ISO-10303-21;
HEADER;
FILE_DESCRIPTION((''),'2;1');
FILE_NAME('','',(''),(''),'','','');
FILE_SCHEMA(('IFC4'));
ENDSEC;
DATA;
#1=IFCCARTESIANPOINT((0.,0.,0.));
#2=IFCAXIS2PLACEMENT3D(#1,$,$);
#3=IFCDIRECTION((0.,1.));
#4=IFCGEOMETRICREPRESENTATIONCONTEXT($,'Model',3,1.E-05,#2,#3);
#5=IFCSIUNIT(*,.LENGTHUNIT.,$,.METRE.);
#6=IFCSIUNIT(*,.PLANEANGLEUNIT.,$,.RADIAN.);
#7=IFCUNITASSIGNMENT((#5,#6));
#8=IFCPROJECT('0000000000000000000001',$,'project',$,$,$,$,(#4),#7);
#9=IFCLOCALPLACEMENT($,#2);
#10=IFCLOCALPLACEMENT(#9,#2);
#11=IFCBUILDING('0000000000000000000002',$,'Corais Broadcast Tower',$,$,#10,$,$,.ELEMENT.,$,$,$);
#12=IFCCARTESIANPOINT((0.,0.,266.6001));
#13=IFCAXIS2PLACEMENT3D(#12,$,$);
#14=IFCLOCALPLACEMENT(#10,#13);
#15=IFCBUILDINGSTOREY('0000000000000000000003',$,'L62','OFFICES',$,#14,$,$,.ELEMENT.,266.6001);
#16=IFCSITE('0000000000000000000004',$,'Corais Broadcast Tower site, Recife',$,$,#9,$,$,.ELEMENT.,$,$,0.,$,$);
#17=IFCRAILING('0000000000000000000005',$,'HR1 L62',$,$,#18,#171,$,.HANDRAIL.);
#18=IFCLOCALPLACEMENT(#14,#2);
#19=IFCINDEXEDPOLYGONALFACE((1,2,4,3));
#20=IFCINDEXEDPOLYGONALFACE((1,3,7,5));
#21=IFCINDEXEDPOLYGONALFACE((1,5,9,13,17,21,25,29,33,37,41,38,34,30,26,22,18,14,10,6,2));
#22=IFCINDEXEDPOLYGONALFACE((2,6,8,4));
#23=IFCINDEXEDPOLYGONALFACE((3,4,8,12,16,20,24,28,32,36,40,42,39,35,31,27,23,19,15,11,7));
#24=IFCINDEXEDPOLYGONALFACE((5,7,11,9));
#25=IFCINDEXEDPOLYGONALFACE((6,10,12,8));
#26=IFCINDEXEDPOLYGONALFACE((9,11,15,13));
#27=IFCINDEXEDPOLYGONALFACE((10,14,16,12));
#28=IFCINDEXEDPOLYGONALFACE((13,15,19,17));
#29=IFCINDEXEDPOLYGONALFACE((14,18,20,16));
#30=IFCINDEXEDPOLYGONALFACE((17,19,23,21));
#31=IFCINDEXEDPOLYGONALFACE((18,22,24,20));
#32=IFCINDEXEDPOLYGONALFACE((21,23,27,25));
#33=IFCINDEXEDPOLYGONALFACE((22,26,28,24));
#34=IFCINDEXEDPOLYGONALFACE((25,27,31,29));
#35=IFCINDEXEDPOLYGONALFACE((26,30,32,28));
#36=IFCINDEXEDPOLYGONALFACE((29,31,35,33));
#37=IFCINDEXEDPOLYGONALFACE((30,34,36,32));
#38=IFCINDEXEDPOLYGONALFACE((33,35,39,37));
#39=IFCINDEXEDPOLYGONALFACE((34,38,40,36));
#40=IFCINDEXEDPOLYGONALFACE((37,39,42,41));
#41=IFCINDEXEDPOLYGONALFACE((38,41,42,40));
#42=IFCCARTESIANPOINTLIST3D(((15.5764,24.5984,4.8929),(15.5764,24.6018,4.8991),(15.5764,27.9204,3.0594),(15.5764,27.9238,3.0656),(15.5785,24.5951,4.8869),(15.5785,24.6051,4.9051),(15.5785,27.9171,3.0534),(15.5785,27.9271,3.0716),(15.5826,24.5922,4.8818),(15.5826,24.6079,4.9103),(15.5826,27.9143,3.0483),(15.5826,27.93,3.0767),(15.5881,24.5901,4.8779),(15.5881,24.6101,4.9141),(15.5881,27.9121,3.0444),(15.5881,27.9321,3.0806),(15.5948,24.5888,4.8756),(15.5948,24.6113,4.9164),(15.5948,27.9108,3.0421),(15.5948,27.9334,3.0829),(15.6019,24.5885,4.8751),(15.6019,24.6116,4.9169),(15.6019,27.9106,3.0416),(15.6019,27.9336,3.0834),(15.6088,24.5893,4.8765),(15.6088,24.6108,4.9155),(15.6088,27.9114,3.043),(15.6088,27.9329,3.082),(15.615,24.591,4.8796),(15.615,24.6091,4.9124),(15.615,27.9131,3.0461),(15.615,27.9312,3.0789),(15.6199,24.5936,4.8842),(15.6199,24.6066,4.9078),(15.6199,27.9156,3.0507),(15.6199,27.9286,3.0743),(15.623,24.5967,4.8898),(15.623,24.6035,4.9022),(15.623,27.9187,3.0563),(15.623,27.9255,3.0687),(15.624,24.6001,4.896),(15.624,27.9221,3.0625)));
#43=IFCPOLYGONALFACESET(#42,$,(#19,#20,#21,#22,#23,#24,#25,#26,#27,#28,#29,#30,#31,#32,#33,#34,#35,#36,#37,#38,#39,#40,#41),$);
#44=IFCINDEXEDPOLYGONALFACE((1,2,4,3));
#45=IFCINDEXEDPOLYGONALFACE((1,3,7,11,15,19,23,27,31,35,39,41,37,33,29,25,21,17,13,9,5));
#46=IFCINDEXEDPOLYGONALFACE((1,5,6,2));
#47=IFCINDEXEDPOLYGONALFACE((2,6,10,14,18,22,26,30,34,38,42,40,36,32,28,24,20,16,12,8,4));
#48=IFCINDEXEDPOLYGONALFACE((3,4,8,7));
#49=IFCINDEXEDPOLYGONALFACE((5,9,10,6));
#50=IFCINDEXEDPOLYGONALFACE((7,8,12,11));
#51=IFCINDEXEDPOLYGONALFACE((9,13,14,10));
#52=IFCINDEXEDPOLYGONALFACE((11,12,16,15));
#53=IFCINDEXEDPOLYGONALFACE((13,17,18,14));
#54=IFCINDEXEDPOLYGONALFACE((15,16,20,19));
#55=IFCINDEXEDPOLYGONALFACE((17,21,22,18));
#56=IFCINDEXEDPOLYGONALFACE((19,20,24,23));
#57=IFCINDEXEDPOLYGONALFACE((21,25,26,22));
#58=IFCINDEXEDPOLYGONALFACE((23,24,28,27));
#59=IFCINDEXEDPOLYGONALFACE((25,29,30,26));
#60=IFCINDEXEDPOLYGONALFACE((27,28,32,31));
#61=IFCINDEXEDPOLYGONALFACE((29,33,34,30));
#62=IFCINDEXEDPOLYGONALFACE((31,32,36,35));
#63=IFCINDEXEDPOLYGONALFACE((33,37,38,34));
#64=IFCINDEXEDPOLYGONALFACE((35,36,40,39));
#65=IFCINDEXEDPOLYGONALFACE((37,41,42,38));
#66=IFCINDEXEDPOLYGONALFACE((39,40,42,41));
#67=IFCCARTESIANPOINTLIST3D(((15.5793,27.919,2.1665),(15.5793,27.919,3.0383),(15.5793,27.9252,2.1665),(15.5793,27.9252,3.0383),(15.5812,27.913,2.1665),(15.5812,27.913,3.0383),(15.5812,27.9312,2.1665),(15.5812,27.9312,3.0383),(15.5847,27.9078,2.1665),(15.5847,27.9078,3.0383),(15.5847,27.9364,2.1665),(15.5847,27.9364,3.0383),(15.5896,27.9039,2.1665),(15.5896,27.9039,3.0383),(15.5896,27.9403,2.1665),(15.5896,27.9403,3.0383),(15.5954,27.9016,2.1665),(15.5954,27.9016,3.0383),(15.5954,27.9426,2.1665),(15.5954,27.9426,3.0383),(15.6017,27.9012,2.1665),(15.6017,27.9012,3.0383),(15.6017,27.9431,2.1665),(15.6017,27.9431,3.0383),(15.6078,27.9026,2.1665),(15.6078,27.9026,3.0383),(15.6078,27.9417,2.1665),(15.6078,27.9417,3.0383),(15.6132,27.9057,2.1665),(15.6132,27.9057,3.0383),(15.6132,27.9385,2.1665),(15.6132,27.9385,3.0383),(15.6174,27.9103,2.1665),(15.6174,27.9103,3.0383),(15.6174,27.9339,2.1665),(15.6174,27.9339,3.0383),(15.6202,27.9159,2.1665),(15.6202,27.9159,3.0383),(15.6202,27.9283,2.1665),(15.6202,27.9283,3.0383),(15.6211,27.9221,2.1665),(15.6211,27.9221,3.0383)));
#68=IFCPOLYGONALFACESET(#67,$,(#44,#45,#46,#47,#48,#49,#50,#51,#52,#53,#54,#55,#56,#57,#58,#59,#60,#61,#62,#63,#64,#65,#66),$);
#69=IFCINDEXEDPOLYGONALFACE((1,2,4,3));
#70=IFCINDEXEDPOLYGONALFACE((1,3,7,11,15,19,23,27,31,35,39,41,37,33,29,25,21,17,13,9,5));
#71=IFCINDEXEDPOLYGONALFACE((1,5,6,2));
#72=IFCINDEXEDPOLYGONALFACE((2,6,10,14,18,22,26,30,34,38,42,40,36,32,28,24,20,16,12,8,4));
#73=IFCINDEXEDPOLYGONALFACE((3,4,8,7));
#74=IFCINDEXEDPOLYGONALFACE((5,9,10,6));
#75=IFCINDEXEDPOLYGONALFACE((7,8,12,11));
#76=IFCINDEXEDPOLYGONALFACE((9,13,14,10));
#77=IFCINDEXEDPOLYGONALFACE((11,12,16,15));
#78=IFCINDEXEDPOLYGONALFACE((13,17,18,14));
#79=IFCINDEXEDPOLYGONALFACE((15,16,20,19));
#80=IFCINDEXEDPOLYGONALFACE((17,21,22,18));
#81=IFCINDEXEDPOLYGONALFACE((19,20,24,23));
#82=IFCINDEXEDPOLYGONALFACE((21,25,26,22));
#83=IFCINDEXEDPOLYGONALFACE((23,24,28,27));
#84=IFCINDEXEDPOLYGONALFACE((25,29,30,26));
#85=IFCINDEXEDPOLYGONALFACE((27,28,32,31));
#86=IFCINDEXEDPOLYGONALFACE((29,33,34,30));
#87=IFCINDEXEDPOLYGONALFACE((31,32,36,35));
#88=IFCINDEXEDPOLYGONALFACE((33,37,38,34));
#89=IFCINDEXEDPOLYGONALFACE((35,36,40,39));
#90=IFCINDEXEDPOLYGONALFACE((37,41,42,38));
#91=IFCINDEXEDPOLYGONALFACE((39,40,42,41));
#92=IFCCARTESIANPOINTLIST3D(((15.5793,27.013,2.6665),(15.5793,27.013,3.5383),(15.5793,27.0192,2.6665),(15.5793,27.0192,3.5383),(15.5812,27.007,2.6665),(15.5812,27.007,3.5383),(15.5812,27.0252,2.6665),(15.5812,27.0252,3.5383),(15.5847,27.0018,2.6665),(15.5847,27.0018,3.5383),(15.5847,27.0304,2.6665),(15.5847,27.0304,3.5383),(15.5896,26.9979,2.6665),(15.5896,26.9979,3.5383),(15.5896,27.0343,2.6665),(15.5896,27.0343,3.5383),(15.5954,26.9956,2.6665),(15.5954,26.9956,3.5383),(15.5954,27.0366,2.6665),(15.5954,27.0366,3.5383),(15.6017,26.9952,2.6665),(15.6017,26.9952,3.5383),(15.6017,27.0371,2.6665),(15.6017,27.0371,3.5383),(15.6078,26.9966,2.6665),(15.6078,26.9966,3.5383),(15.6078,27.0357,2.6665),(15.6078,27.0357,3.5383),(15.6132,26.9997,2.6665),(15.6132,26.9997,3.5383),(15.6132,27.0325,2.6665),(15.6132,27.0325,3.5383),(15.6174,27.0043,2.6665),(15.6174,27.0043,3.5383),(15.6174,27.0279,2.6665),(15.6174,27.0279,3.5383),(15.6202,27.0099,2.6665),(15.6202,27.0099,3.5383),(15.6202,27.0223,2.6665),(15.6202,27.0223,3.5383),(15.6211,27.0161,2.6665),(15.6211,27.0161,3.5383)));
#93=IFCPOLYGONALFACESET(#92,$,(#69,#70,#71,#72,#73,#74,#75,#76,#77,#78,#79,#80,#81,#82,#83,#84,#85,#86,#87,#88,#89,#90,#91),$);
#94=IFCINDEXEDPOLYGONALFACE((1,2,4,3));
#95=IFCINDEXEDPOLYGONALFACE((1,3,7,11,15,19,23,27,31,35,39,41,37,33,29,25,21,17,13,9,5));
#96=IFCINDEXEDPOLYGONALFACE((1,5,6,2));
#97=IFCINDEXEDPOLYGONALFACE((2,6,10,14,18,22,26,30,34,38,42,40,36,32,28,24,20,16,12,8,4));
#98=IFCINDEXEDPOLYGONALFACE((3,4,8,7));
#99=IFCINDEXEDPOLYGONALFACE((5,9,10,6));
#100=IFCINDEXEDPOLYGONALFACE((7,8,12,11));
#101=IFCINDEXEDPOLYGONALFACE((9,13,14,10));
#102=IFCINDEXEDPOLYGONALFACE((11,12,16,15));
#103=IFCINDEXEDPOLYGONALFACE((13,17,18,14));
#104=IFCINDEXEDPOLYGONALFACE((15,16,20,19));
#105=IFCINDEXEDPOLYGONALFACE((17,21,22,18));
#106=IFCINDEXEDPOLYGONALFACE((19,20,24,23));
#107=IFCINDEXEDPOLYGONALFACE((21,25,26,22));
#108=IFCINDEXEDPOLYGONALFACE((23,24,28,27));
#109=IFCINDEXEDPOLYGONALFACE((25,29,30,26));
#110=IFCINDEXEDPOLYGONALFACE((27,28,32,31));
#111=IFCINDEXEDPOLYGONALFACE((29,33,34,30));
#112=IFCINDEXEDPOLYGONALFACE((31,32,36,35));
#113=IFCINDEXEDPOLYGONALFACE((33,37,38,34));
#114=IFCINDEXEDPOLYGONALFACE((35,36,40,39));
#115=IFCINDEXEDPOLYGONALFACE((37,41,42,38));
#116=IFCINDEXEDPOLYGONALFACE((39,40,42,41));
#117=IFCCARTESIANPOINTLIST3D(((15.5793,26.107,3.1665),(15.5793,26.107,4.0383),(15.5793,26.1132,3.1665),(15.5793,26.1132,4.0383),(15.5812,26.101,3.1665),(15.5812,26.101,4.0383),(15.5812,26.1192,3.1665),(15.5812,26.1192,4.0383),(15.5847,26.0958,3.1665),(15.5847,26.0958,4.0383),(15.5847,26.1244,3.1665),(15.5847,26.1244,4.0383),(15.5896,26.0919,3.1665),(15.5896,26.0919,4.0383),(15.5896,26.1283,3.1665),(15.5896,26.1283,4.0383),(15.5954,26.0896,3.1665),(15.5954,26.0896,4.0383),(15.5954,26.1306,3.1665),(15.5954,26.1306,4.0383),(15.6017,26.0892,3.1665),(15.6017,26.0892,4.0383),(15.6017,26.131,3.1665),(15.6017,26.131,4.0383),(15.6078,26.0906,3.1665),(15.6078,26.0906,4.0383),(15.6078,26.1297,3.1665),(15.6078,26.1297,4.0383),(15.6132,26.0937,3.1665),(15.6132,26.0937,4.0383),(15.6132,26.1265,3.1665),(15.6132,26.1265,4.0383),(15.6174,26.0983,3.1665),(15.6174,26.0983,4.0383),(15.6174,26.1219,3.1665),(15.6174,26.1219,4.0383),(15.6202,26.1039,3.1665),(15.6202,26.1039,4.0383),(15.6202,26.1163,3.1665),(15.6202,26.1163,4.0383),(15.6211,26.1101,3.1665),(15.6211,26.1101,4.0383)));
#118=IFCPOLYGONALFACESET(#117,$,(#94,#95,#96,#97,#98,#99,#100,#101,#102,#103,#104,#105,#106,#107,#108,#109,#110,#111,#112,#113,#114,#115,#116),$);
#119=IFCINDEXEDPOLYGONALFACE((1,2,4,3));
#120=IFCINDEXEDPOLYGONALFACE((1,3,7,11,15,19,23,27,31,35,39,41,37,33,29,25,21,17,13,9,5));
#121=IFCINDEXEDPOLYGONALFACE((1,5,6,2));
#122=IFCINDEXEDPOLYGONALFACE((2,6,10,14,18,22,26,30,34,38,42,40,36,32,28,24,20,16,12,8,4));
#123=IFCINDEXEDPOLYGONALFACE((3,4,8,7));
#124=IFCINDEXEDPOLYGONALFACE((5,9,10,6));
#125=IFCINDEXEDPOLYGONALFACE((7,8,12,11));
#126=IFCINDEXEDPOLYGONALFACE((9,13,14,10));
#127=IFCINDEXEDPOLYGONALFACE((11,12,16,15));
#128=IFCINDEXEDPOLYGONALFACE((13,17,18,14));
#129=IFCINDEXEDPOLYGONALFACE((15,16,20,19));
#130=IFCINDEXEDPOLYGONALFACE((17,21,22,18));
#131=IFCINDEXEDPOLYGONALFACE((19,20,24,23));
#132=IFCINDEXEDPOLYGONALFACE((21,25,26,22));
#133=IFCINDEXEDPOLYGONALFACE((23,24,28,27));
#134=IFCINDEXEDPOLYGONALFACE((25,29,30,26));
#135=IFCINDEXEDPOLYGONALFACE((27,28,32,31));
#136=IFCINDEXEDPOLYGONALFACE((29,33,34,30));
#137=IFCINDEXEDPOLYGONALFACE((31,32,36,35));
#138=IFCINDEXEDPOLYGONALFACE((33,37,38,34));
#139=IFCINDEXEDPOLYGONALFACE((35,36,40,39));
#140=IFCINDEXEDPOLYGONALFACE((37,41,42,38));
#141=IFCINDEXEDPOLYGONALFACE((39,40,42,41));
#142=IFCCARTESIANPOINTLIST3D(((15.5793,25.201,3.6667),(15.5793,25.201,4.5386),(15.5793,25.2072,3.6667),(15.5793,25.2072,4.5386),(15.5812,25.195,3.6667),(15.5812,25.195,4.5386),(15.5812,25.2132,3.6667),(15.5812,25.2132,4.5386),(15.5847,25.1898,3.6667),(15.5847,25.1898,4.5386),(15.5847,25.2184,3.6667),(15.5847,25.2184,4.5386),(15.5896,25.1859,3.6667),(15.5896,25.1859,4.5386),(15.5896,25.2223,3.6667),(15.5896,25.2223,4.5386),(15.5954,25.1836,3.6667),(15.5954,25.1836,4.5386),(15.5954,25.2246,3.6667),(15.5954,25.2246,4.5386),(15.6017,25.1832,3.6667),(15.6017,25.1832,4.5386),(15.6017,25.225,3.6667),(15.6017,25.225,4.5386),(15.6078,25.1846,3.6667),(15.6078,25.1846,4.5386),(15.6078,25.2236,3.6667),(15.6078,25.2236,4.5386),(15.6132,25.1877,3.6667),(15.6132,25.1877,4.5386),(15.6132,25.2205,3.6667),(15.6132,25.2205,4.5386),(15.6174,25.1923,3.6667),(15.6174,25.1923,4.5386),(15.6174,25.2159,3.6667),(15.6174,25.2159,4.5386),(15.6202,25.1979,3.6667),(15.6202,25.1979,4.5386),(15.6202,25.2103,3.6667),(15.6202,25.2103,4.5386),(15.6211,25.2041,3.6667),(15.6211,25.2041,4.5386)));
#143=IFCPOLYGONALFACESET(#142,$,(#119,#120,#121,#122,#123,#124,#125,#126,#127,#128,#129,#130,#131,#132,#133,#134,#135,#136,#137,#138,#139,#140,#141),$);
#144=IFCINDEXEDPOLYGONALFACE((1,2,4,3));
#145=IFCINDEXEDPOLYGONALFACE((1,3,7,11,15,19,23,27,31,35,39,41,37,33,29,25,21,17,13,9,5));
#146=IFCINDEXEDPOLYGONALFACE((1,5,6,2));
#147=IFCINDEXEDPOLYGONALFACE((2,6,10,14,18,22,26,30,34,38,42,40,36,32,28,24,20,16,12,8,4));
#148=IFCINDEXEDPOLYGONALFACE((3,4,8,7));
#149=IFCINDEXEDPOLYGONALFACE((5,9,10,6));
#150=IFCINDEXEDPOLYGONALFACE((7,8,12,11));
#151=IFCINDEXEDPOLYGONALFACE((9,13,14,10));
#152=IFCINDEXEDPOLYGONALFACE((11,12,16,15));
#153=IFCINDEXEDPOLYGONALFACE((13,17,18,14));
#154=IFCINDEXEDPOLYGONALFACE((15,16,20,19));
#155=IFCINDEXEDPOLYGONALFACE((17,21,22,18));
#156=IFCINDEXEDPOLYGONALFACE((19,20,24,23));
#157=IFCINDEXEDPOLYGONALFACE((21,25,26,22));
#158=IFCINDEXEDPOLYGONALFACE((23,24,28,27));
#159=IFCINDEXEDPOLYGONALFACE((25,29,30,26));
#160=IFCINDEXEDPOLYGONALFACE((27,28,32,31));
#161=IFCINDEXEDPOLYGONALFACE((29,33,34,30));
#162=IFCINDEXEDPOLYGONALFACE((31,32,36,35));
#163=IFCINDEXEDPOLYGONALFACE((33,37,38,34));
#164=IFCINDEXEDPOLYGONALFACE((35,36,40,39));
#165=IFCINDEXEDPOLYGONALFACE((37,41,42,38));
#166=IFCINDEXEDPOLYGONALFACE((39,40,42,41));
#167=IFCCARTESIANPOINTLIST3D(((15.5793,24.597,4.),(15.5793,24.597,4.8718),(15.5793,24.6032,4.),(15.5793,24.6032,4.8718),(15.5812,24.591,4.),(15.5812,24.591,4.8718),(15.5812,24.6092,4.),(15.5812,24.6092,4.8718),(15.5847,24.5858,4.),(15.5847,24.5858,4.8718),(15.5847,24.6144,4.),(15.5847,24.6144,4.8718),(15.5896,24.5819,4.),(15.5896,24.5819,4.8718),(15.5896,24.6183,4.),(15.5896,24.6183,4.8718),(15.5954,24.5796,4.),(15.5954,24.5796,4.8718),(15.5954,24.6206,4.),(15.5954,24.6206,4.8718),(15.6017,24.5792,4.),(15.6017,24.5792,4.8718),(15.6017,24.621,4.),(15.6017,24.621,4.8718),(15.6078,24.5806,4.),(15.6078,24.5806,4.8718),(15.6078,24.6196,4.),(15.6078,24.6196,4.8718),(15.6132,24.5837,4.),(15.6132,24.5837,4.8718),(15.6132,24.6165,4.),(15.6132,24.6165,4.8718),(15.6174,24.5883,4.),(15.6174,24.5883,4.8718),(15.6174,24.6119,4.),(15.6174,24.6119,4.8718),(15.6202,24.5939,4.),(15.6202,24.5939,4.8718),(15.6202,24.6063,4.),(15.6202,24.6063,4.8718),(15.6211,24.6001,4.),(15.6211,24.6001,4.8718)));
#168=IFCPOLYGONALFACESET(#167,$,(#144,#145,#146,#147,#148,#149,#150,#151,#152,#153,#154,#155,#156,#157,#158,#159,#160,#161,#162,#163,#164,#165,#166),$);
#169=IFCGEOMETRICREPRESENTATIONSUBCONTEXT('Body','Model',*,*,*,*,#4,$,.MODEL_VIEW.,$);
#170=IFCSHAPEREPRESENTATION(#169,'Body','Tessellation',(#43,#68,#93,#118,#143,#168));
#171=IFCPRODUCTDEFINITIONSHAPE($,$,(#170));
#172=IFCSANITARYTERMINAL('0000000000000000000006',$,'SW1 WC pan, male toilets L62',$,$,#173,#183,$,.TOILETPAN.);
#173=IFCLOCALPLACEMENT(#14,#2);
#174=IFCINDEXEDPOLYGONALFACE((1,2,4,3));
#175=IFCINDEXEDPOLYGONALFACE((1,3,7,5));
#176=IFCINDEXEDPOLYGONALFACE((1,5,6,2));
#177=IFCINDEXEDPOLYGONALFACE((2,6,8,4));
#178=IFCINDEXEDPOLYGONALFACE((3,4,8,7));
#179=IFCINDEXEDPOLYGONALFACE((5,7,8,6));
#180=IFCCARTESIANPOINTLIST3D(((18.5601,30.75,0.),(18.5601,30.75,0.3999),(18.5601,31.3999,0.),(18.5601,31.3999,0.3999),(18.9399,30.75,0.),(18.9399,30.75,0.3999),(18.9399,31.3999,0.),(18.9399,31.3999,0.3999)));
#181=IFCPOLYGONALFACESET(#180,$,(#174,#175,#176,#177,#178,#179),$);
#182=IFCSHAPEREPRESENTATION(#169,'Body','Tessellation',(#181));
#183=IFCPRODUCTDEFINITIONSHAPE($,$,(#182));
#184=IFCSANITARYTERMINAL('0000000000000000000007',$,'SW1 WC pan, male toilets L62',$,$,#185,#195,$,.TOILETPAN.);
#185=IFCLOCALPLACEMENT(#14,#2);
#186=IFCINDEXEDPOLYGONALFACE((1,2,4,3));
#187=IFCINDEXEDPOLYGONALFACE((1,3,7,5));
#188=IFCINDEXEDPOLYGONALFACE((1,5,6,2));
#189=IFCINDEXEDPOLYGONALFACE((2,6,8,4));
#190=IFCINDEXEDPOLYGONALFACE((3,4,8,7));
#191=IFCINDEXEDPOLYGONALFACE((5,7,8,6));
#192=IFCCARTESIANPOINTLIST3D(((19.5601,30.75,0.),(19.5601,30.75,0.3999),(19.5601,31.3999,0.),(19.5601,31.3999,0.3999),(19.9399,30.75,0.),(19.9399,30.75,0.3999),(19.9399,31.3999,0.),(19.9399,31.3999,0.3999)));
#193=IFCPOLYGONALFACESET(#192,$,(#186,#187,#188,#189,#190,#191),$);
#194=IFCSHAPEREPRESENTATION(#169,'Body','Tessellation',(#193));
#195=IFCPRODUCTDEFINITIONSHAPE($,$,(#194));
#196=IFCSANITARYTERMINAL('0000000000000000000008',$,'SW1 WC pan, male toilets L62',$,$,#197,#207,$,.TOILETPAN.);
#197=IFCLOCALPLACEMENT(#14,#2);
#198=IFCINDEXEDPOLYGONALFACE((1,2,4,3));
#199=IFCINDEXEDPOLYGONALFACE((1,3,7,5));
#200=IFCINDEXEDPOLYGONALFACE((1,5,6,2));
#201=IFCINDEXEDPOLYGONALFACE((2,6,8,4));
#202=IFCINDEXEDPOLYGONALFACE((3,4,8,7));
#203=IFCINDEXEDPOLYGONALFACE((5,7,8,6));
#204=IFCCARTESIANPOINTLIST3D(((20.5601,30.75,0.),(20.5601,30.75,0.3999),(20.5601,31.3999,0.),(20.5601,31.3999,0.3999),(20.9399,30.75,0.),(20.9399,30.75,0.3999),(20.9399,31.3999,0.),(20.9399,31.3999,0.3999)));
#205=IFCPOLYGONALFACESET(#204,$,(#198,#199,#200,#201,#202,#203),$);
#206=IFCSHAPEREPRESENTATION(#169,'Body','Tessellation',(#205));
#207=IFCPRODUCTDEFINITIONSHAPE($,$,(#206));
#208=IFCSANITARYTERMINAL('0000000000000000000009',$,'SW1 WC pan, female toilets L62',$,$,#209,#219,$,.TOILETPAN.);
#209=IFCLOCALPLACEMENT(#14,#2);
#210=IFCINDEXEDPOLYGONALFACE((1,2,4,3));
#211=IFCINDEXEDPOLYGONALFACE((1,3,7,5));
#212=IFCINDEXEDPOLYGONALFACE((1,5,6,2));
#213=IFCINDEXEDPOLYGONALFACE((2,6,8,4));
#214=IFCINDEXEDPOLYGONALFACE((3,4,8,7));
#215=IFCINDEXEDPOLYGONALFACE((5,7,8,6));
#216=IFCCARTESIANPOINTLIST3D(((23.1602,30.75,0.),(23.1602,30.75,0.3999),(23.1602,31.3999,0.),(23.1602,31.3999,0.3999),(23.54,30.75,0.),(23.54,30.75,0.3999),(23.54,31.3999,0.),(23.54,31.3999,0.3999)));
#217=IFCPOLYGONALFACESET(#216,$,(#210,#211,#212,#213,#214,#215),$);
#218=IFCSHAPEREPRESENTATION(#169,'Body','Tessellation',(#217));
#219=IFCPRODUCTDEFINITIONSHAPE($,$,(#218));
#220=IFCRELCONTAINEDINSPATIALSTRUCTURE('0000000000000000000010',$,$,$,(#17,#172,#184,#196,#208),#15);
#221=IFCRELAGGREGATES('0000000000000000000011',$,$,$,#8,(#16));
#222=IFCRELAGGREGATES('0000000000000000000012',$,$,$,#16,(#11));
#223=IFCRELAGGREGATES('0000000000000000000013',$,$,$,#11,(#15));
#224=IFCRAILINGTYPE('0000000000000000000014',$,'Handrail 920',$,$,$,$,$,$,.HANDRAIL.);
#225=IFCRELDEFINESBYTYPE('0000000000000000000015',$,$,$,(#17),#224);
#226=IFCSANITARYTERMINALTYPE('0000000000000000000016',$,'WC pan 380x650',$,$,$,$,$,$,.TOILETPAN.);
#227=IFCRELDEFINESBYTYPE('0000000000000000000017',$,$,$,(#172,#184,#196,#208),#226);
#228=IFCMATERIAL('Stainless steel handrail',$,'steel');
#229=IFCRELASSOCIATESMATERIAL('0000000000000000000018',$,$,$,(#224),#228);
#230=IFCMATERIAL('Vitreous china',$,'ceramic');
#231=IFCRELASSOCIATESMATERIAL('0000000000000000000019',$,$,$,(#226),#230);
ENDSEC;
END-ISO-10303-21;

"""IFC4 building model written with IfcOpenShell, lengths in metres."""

from ifc_helpers import new_model, si_unit, direction, frame, origin, origin_2d, place, context, subcontext, project, spatial, rectangle, circle, extrude, material, type_object, element, save


model = new_model("IFC4")

# Units and contexts
model_context = context("Model", 3, precision=1e-05, world=origin(), true_north=direction((0.0, 1.0)))
body_context = subcontext(model_context, "Body", "Model", "MODEL_VIEW")
ifc_project = project(units=[si_unit("LENGTHUNIT", "METRE"), si_unit("PLANEANGLEUNIT", "RADIAN")], contexts=[model_context])

# Site, building, storey
site_placement = place(None, origin())
site = spatial("IfcSite", under=ifc_project, at=site_placement, Name="Corais Broadcast Tower site, Recife", CompositionType="ELEMENT", RefElevation=0.0)
building_placement = place(site_placement, origin())
building = spatial("IfcBuilding", under=site, at=building_placement, Name="Corais Broadcast Tower", CompositionType="ELEMENT")
storey_placement = place(building_placement, frame((0.0, 0.0, 266.6001)))
storey = spatial("IfcBuildingStorey", under=building, at=storey_placement, Name="L62", Description="OFFICES", CompositionType="ELEMENT", Elevation=266.6001)

# Railing
ifc_material_1 = material(Name="Stainless steel handrail", Category="steel")
railing_type = type_object("IfcRailingType", Name="Handrail 920", PredefinedType="HANDRAIL", material=ifc_material_1)
for number, where, name in (
    (1, (15.6001, 27.9221, 2.1665), "HR1 L62"),
):
    element("IfcRailing", number, at=place(storey_placement, frame(where)), inside=storey, type_object=railing_type, Name=name, PredefinedType="HANDRAIL", context=body_context, shape_type="SweptSolid", body=[
        extrude(circle(Radius=0.0239, at=origin_2d()), frame((0.0, 0.0, 0.896), z_axis=(0.0, -0.875504, 0.48321), x_axis=(1.0, 0.0, 0.0)), (0.0, 0.0, 1.0), 3.7944),
        extrude(circle(Radius=0.021, at=origin_2d()), origin(), (0.0, 0.0, 1.0), 0.8718),
        extrude(circle(Radius=0.021, at=origin_2d()), frame((0.0, -0.906, 0.5)), (0.0, 0.0, 1.0), 0.8718),
        extrude(circle(Radius=0.021, at=origin_2d()), frame((0.0, -1.812, 1.0)), (0.0, 0.0, 1.0), 0.8718),
        extrude(circle(Radius=0.021, at=origin_2d()), frame((0.0, -2.718, 1.5002)), (0.0, 0.0, 1.0), 0.8718),
        extrude(circle(Radius=0.021, at=origin_2d()), frame((0.0, -3.322, 1.8335)), (0.0, 0.0, 1.0), 0.8718),
    ])

# Sanitary terminals
ifc_material_2 = material(Name="Vitreous china", Category="ceramic")
sanitary_terminal_type_1 = type_object("IfcSanitaryTerminalType", Name="WC pan 380x650", PredefinedType="TOILETPAN", material=ifc_material_2)
for number, where, z_axis, x_axis, name in (
    (2, (18.75, 31.075, 0.0), (0.0, 0.0, 1.0), (1.0, 0.0, 0.0), "SW1 WC pan, male toilets L62"),
    (3, (19.75, 31.075, 0.0), (0.0, 0.0, 1.0), (1.0, 0.0, 0.0), "SW1 WC pan, male toilets L62"),
    (4, (20.75, 31.075, 0.0), (0.0, 0.0, 1.0), (1.0, 0.0, 0.0), "SW1 WC pan, male toilets L62"),
    (5, (23.3501, 31.075, 0.0), (0.0, 0.0, 1.0), (1.0, 0.0, 0.0), "SW1 WC pan, female toilets L62"),
):
    element("IfcSanitaryTerminal", number, at=place(storey_placement, frame(where, z_axis=z_axis, x_axis=x_axis)), inside=storey, type_object=sanitary_terminal_type_1, Name=name, PredefinedType="TOILETPAN", context=body_context, shape_type="SweptSolid", body=[
        extrude(rectangle(XDim=0.3799, YDim=0.6499, at=origin_2d()), origin(), (0.0, 0.0, 1.0), 0.3999),
    ])

save(model, "model.ifc")
